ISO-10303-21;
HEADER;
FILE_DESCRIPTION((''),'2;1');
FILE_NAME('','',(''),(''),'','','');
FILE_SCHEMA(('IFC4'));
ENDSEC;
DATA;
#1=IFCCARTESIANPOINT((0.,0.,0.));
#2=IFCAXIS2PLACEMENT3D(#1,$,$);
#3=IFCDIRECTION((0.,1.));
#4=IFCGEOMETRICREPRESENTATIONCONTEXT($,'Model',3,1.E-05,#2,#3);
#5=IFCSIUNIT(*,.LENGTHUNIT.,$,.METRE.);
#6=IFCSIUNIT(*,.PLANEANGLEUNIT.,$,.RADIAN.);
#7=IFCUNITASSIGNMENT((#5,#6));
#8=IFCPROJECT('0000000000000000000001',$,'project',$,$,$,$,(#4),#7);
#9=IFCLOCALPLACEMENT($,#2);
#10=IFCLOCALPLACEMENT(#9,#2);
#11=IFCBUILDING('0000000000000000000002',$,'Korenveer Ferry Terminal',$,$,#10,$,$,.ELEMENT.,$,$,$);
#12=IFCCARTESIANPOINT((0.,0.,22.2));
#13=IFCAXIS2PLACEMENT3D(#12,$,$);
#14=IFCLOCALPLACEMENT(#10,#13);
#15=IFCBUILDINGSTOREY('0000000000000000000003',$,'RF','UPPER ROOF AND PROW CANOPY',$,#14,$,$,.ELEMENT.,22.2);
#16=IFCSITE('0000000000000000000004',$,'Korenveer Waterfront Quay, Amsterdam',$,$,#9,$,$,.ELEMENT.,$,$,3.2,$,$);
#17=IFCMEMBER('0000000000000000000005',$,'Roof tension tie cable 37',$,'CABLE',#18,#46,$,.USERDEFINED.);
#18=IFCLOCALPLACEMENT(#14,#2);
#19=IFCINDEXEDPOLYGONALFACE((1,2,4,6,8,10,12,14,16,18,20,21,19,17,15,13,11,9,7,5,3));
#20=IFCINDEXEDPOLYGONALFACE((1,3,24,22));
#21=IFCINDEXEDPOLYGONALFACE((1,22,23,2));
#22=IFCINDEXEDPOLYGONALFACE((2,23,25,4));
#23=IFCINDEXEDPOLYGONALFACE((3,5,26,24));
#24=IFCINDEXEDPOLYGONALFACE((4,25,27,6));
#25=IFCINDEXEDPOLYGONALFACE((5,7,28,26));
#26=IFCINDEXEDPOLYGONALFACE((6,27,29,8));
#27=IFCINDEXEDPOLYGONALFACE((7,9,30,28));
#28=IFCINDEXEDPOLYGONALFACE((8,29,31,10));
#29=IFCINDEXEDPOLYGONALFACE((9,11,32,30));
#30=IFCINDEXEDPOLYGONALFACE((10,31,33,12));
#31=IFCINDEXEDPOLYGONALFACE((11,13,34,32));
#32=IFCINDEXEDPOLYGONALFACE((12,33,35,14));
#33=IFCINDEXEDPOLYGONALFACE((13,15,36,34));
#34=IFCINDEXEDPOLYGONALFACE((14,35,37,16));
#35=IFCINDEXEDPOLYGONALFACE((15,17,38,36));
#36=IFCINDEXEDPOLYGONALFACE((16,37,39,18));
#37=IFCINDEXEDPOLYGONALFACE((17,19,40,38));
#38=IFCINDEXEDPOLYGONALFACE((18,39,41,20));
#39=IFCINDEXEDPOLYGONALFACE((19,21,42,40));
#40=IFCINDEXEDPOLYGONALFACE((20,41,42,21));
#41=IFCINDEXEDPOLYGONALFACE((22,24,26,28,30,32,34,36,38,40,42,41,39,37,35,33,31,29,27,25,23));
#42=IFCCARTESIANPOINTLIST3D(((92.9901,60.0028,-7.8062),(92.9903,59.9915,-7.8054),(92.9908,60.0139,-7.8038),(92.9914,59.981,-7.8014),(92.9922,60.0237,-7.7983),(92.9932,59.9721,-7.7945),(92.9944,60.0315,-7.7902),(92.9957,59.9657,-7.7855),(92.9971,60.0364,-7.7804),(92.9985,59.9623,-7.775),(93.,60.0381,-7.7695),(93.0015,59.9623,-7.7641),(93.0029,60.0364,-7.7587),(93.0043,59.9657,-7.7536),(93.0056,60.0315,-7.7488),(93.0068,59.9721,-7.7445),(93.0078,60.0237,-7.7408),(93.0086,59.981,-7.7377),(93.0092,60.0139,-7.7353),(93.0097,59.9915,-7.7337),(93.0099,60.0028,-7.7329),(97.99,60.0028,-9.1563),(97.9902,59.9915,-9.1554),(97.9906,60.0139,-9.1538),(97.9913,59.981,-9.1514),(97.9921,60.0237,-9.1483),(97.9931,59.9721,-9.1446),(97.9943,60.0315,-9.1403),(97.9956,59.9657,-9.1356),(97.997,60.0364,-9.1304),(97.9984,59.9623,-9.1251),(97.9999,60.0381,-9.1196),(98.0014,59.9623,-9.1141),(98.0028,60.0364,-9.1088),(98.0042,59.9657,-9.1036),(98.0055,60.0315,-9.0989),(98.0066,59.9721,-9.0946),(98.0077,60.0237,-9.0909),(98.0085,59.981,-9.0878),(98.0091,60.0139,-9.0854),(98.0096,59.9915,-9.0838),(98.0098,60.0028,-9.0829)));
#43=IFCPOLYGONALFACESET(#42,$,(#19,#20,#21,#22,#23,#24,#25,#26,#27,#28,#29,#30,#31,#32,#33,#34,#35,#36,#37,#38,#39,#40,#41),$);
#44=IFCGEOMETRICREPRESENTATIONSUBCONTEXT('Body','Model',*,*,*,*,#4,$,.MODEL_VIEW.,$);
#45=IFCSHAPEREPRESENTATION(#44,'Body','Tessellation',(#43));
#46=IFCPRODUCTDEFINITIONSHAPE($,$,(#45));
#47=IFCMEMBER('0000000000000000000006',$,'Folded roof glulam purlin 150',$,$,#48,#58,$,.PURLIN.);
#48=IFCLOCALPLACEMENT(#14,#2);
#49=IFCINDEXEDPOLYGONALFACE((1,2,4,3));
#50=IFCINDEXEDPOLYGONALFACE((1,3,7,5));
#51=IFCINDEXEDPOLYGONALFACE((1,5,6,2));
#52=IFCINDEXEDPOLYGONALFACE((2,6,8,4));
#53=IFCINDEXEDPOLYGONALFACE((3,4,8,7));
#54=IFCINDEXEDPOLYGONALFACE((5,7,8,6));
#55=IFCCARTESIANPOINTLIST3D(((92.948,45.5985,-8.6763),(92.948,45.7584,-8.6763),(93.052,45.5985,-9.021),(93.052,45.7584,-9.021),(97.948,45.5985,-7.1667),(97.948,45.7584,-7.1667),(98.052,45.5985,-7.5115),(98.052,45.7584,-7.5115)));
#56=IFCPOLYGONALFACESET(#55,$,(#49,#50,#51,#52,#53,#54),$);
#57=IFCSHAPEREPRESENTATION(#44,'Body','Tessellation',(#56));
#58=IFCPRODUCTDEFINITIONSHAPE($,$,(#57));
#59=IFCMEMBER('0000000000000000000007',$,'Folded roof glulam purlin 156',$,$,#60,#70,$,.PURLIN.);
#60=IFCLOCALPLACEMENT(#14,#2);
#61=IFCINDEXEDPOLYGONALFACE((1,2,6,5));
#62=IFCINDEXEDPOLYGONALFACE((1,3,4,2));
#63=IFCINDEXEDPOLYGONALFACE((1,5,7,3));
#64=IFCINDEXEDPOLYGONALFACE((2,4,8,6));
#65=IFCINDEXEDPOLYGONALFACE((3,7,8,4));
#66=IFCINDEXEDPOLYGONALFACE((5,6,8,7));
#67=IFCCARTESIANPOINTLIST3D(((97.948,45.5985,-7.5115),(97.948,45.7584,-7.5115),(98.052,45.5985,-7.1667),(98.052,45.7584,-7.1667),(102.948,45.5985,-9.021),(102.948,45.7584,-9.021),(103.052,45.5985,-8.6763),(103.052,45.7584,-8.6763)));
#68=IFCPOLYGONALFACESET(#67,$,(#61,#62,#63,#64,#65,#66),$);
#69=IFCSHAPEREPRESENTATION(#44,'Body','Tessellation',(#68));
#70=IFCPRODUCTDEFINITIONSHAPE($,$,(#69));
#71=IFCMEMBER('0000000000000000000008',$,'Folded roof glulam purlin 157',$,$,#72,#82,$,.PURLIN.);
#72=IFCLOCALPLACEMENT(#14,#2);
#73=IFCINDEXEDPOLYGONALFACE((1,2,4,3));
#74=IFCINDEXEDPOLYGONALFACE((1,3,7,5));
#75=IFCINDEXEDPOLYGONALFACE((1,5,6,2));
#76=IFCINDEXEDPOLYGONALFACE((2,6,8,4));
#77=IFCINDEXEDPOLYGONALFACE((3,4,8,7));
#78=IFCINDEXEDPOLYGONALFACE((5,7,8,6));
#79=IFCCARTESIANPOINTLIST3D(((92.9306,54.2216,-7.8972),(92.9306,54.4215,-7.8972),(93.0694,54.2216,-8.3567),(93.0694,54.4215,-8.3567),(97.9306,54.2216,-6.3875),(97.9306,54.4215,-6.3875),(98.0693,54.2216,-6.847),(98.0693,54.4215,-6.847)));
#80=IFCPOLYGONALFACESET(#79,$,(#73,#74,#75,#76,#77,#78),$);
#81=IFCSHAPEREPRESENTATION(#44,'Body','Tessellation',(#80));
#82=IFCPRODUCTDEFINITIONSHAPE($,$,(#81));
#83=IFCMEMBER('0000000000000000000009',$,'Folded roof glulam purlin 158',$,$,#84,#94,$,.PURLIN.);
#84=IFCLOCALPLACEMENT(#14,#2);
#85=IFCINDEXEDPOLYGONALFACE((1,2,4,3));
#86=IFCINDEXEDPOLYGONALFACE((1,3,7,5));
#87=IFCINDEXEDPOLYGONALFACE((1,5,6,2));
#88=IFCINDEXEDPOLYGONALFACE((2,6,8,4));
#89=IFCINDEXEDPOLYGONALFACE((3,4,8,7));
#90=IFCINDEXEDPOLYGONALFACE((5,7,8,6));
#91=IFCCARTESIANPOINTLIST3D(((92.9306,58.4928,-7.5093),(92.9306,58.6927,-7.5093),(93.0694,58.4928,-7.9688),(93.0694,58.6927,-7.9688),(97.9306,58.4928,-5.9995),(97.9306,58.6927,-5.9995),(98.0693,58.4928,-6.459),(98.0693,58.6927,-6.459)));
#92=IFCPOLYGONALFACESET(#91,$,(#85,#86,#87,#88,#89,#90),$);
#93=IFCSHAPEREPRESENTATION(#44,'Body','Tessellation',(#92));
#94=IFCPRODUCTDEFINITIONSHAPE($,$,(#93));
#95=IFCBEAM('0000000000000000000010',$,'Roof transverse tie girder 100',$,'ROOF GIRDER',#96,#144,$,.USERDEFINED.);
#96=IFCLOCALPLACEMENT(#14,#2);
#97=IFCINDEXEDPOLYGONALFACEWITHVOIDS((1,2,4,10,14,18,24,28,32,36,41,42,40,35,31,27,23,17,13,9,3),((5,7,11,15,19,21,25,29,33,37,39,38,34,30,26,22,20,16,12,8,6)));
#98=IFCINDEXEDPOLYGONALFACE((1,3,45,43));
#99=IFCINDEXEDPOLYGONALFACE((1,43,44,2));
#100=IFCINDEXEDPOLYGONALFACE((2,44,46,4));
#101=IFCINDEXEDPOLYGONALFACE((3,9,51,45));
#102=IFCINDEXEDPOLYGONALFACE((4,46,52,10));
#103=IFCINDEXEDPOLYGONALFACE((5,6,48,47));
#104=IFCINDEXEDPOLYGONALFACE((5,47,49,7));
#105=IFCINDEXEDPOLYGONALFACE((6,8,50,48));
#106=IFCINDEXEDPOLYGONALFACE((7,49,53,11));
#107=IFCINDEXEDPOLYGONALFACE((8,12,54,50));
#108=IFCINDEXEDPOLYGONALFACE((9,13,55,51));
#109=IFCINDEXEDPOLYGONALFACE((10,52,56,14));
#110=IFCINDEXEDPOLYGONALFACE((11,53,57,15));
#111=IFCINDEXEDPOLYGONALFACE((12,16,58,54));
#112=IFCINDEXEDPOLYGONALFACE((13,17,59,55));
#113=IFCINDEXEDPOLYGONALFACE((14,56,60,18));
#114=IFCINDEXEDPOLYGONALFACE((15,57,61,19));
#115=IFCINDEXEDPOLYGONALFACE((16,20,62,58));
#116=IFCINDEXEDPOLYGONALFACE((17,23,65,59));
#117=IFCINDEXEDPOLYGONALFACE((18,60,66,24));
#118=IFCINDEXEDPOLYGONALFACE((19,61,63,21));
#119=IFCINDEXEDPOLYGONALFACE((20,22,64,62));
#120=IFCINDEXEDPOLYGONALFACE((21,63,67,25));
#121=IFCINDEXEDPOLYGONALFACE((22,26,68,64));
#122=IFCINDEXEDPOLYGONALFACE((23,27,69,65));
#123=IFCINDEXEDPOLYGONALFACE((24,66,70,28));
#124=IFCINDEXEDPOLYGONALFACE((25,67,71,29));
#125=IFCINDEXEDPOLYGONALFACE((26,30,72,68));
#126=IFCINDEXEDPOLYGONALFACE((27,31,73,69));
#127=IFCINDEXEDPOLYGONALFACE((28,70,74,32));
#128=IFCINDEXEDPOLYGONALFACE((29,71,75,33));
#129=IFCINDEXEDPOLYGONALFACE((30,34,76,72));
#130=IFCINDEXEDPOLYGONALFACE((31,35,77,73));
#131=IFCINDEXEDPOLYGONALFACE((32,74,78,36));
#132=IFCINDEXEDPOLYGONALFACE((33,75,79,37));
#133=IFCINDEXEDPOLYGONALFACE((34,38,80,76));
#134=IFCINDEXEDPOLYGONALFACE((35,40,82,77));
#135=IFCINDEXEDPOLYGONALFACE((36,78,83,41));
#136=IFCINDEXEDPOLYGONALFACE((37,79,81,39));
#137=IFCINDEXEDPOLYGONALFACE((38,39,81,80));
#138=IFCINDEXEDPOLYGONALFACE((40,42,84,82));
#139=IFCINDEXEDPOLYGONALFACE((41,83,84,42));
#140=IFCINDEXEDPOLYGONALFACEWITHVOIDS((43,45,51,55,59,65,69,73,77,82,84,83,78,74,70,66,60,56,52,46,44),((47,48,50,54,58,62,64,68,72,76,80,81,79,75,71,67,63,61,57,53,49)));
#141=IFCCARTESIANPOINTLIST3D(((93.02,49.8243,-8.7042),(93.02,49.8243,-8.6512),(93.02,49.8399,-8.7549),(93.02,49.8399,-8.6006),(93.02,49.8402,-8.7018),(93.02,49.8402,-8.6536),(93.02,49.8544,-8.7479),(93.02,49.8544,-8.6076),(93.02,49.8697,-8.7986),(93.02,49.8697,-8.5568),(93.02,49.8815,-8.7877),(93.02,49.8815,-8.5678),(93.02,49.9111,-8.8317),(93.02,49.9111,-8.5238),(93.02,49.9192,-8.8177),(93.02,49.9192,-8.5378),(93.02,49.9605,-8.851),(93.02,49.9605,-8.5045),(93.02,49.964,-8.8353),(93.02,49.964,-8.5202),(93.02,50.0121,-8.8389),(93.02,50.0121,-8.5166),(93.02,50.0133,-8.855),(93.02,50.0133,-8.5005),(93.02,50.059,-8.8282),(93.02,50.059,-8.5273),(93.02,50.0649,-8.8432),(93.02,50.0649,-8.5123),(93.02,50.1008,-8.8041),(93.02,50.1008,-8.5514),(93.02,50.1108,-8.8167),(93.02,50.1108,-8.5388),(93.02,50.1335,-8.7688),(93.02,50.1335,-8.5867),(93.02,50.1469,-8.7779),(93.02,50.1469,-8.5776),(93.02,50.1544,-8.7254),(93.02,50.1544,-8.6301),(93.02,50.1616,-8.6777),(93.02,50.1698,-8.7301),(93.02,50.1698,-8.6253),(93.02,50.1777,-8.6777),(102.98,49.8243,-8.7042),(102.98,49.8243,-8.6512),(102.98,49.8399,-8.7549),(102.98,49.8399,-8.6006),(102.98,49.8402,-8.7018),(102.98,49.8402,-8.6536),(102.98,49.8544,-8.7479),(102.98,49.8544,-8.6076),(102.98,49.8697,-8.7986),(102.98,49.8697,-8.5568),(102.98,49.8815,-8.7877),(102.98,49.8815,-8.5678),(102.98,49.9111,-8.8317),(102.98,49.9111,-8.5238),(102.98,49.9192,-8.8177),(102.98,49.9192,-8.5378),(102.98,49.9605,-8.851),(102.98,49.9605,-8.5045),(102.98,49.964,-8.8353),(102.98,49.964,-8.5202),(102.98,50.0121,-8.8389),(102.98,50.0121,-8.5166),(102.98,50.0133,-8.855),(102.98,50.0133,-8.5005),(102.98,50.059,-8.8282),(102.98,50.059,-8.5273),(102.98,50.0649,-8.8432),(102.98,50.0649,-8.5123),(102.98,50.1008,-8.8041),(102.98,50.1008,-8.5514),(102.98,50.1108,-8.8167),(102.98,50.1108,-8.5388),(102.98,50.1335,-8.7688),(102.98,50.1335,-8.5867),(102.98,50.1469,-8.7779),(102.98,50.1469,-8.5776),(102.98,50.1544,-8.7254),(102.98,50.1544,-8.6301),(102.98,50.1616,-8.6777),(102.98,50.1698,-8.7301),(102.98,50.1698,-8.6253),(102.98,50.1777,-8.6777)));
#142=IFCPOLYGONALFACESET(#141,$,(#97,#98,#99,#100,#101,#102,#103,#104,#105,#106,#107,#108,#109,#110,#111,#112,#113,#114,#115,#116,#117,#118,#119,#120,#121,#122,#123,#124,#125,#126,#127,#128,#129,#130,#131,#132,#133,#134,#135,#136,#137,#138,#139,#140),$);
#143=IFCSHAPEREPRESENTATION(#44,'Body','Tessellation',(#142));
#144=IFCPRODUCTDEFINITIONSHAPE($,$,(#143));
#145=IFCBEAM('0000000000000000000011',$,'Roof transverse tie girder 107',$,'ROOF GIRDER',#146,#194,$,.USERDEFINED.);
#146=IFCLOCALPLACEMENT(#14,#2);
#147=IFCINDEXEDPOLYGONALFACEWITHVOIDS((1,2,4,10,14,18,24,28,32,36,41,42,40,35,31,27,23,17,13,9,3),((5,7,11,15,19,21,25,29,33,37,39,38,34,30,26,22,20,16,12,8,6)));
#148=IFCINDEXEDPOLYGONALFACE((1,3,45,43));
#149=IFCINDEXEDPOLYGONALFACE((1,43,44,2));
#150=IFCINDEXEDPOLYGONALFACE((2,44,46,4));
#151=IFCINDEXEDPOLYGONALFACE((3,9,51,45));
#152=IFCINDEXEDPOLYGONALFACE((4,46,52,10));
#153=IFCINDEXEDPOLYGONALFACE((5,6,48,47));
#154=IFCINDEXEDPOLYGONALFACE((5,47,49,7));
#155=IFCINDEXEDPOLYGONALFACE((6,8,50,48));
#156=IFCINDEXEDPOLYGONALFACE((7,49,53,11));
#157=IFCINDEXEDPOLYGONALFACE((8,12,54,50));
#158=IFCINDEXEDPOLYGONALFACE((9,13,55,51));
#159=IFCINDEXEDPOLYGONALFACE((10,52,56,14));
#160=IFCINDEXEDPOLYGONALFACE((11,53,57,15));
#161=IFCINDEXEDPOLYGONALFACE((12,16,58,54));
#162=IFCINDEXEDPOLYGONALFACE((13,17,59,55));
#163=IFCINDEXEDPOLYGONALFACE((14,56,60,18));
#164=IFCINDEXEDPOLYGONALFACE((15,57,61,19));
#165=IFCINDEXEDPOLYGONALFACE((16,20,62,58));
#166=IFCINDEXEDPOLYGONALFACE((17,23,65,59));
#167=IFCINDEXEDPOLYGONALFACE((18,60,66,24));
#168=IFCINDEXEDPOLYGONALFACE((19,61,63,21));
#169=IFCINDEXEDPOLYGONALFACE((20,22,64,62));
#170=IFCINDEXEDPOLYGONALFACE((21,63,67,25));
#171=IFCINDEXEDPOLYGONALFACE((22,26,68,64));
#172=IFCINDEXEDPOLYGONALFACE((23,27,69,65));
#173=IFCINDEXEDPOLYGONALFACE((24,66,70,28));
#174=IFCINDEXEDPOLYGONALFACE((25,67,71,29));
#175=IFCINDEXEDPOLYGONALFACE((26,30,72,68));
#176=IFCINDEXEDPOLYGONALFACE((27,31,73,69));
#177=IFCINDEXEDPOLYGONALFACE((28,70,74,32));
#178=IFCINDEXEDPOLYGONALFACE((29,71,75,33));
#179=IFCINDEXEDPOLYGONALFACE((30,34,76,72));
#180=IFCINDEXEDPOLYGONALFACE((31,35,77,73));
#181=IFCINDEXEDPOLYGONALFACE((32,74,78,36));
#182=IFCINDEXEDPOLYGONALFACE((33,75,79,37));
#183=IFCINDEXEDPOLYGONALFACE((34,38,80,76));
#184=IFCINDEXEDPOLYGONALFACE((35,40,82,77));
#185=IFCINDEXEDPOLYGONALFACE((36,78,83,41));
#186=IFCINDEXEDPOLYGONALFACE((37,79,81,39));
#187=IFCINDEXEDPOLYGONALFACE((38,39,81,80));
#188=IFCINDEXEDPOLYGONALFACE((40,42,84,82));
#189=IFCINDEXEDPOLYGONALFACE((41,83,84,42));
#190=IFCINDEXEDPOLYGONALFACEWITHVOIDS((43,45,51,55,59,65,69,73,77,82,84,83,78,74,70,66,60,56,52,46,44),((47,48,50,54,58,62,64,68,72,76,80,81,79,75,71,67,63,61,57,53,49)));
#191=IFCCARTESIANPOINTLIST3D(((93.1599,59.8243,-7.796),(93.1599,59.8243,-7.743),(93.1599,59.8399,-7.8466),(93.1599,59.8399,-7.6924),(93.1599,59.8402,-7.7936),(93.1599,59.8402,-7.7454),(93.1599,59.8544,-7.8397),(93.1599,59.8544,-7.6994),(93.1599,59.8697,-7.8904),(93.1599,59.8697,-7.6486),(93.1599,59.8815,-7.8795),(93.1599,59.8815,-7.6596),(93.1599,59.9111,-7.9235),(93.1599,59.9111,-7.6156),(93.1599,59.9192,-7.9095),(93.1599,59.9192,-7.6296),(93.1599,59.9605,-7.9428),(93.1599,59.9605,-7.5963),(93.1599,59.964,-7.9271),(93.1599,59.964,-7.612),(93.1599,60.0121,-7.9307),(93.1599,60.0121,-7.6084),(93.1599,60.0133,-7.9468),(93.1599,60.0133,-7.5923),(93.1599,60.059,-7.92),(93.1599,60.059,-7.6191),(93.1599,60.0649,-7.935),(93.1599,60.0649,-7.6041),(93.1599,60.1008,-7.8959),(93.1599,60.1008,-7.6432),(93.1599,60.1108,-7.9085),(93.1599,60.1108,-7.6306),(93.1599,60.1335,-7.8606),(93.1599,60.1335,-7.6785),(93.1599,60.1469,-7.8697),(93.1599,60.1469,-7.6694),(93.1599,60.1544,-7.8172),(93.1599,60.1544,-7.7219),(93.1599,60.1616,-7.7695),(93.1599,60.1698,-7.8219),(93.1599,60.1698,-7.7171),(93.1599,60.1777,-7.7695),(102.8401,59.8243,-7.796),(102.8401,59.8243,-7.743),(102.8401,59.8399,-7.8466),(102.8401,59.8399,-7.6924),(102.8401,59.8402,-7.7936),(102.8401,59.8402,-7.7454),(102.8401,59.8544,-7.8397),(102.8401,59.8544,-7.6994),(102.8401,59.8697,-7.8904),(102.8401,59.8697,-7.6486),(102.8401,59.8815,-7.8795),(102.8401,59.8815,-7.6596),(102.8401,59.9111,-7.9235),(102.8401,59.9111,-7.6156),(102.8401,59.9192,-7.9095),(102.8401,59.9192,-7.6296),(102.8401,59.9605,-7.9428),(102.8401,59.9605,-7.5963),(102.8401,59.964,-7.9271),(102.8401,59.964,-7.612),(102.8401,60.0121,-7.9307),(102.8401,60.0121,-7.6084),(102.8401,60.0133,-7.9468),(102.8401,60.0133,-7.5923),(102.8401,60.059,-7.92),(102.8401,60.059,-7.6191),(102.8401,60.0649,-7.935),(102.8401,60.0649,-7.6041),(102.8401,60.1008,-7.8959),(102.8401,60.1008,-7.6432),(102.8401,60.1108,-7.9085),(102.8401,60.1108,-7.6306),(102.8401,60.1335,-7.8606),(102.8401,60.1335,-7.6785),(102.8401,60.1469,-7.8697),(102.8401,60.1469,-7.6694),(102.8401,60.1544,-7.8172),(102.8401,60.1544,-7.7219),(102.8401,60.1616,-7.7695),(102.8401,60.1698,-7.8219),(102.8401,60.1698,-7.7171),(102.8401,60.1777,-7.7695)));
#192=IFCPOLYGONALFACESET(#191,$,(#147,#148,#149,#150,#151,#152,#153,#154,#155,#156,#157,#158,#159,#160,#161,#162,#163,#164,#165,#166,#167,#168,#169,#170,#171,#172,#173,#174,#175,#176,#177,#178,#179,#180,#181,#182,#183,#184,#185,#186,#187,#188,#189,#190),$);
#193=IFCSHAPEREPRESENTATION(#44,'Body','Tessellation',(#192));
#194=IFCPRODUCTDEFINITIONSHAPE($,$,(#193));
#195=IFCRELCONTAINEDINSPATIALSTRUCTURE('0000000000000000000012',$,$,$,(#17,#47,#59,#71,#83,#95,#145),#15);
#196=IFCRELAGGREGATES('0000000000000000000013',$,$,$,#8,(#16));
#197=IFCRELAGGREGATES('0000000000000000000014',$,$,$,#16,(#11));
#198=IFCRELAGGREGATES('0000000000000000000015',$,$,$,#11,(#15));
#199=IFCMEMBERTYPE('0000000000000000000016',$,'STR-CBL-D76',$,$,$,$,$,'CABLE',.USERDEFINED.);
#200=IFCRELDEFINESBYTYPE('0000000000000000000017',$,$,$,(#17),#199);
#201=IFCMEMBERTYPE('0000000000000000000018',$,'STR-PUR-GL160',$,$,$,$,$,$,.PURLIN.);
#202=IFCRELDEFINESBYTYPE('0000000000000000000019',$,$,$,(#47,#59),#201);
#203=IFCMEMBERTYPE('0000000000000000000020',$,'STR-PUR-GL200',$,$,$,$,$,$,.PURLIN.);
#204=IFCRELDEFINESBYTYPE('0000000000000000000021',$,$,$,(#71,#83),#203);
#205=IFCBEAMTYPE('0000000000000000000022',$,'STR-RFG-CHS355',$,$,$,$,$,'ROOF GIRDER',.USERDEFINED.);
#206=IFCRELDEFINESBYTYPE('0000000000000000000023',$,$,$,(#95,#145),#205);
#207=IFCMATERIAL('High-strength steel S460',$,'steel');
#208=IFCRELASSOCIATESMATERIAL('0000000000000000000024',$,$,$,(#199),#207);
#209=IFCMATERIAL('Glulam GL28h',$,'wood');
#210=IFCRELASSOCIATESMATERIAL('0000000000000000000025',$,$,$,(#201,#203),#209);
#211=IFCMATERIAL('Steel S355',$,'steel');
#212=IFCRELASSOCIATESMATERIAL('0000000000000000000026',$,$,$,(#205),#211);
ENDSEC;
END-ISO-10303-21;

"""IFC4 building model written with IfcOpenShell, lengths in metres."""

from ifc_helpers import new_model, si_unit, direction, frame, origin, origin_2d, place, context, subcontext, project, spatial, rectangle, circle, hollow_circle, extrude, material, material_profile, profile_set, type_object, element, save


model = new_model("IFC4")

# Units and contexts
model_context = context("Model", 3, precision=1e-05, world=origin(), true_north=direction((0.0, 1.0)))
body_context = subcontext(model_context, "Body", "Model", "MODEL_VIEW")
ifc_project = project(units=[si_unit("LENGTHUNIT", "METRE"), si_unit("PLANEANGLEUNIT", "RADIAN")], contexts=[model_context])

# Site, building, storey
site_placement = place(None, origin())
site = spatial("IfcSite", under=ifc_project, at=site_placement, Name="Korenveer Waterfront Quay, Amsterdam", CompositionType="ELEMENT", RefElevation=3.2)
building_placement = place(site_placement, origin())
building = spatial("IfcBuilding", under=site, at=building_placement, Name="Korenveer Ferry Terminal", CompositionType="ELEMENT")
storey_placement = place(building_placement, frame((0.0, 0.0, 22.2)))
storey = spatial("IfcBuildingStorey", under=building, at=storey_placement, Name="RF", Description="UPPER ROOF AND PROW CANOPY", CompositionType="ELEMENT", Elevation=22.2)

# Shared definitions
ifc_material_1 = material(Name="Steel S355", Category="steel")

# Members
ifc_material_2 = material(Name="High-strength steel S460", Category="steel")
ifc_material_profile_1 = material_profile(ifc_material_2, circle(Radius=0.0381, at=origin_2d()), Name="ROD D76")
ifc_profile_set_1 = profile_set([ifc_material_profile_1], Name="High-strength steel S460")
member_type_1 = type_object("IfcMemberType", Name="STR-CBL-D76", ElementType="CABLE", PredefinedType="USERDEFINED", material=ifc_profile_set_1)
for number, where, z_axis, x_axis, name in (
    (1, (93.0, 60.0, -7.7695), (0.965424, 0.0, -0.260683), (0.0, 1.0, 0.0), "Roof tension tie cable 37"),
):
    element("IfcMember", number, at=place(storey_placement, frame(where, z_axis=z_axis, x_axis=x_axis)), inside=storey, type_object=member_type_1, Name=name, ObjectType="CABLE", PredefinedType="USERDEFINED", context=body_context, shape_type="SweptSolid", body=[
        extrude(circle(Radius=0.0381, at=origin_2d()), origin(), (0.0, 0.0, 1.0), 5.179),
    ])
ifc_material_3 = material(Name="Glulam GL28h", Category="wood")
ifc_material_profile_2 = material_profile(ifc_material_3, rectangle(XDim=0.1599, YDim=0.3601, at=origin_2d()), Name="GL 160x360")
ifc_profile_set_2 = profile_set([ifc_material_profile_2], Name="Glulam GL28h")
member_type_2 = type_object("IfcMemberType", Name="STR-PUR-GL160", PredefinedType="PURLIN", material=ifc_profile_set_2)
for number, where, z_axis, x_axis, name in (
    (2, (93.0, 45.6785, -8.8486), (0.957323, 0.0, 0.28902), (0.0, 1.0, 0.0), "Folded roof glulam purlin 150"),
    (3, (98.0, 45.6785, -7.3391), (0.957323, 0.0, -0.28902), (0.0, 1.0, 0.0), "Folded roof glulam purlin 156"),
):
    element("IfcMember", number, at=place(storey_placement, frame(where, z_axis=z_axis, x_axis=x_axis)), inside=storey, type_object=member_type_2, Name=name, PredefinedType="PURLIN", context=body_context, shape_type="SweptSolid", body=[
        extrude(rectangle(XDim=0.1599, YDim=0.3601, at=origin_2d()), origin(), (0.0, 0.0, 1.0), 5.2229),
    ])
ifc_material_profile_3 = material_profile(ifc_material_3, rectangle(XDim=0.2, YDim=0.48, at=origin_2d()), Name="GL 200x480")
ifc_profile_set_3 = profile_set([ifc_material_profile_3], Name="Glulam GL28h")
member_type_3 = type_object("IfcMemberType", Name="STR-PUR-GL200", PredefinedType="PURLIN", material=ifc_profile_set_3)
for number, where, z_axis, x_axis, name in (
    (4, (93.0, 54.3215, -8.127), (0.95731, 0.0, 0.289063), (0.0, 1.0, 0.0), "Folded roof glulam purlin 157"),
    (5, (93.0, 58.5928, -7.739), (0.95731, 0.0, 0.289063), (0.0, 1.0, 0.0), "Folded roof glulam purlin 158"),
):
    element("IfcMember", number, at=place(storey_placement, frame(where, z_axis=z_axis, x_axis=x_axis)), inside=storey, type_object=member_type_3, Name=name, PredefinedType="PURLIN", context=body_context, shape_type="SweptSolid", body=[
        extrude(rectangle(XDim=0.2, YDim=0.48, at=origin_2d()), origin(), (0.0, 0.0, 1.0), 5.2229),
    ])

# Beams
ifc_material_profile_4 = material_profile(ifc_material_1, hollow_circle(Radius=0.1777, WallThickness=0.0161, at=origin_2d()), Name="CHS 355.6x16")
ifc_profile_set_4 = profile_set([ifc_material_profile_4], Name="Steel S355")
beam_type_1 = type_object("IfcBeamType", Name="STR-RFG-CHS355", ElementType="ROOF GIRDER", PredefinedType="USERDEFINED", material=ifc_profile_set_4)
beam_1_placement = place(storey_placement, frame((93.02, 50.0, -8.6777), z_axis=(1.0, 0.0, 0.0), x_axis=(0.0, 1.0, 0.0)))
element("IfcBeam", 6, at=beam_1_placement, inside=storey, type_object=beam_type_1, Name="Roof transverse tie girder 100", ObjectType="ROOF GIRDER", PredefinedType="USERDEFINED", context=body_context, shape_type="SweptSolid", body=[
    extrude(hollow_circle(Radius=0.1777, WallThickness=0.0161, at=origin_2d()), origin(), (0.0, 0.0, 1.0), 9.96),
])
beam_2_placement = place(storey_placement, frame((93.1599, 60.0, -7.7695), z_axis=(1.0, 0.0, 0.0), x_axis=(0.0, 1.0, 0.0)))
element("IfcBeam", 7, at=beam_2_placement, inside=storey, type_object=beam_type_1, Name="Roof transverse tie girder 107", ObjectType="ROOF GIRDER", PredefinedType="USERDEFINED", context=body_context, shape_type="SweptSolid", body=[
    extrude(hollow_circle(Radius=0.1777, WallThickness=0.0161, at=origin_2d()), origin(), (0.0, 0.0, 1.0), 9.6802),
])

save(model, "model.ifc")
